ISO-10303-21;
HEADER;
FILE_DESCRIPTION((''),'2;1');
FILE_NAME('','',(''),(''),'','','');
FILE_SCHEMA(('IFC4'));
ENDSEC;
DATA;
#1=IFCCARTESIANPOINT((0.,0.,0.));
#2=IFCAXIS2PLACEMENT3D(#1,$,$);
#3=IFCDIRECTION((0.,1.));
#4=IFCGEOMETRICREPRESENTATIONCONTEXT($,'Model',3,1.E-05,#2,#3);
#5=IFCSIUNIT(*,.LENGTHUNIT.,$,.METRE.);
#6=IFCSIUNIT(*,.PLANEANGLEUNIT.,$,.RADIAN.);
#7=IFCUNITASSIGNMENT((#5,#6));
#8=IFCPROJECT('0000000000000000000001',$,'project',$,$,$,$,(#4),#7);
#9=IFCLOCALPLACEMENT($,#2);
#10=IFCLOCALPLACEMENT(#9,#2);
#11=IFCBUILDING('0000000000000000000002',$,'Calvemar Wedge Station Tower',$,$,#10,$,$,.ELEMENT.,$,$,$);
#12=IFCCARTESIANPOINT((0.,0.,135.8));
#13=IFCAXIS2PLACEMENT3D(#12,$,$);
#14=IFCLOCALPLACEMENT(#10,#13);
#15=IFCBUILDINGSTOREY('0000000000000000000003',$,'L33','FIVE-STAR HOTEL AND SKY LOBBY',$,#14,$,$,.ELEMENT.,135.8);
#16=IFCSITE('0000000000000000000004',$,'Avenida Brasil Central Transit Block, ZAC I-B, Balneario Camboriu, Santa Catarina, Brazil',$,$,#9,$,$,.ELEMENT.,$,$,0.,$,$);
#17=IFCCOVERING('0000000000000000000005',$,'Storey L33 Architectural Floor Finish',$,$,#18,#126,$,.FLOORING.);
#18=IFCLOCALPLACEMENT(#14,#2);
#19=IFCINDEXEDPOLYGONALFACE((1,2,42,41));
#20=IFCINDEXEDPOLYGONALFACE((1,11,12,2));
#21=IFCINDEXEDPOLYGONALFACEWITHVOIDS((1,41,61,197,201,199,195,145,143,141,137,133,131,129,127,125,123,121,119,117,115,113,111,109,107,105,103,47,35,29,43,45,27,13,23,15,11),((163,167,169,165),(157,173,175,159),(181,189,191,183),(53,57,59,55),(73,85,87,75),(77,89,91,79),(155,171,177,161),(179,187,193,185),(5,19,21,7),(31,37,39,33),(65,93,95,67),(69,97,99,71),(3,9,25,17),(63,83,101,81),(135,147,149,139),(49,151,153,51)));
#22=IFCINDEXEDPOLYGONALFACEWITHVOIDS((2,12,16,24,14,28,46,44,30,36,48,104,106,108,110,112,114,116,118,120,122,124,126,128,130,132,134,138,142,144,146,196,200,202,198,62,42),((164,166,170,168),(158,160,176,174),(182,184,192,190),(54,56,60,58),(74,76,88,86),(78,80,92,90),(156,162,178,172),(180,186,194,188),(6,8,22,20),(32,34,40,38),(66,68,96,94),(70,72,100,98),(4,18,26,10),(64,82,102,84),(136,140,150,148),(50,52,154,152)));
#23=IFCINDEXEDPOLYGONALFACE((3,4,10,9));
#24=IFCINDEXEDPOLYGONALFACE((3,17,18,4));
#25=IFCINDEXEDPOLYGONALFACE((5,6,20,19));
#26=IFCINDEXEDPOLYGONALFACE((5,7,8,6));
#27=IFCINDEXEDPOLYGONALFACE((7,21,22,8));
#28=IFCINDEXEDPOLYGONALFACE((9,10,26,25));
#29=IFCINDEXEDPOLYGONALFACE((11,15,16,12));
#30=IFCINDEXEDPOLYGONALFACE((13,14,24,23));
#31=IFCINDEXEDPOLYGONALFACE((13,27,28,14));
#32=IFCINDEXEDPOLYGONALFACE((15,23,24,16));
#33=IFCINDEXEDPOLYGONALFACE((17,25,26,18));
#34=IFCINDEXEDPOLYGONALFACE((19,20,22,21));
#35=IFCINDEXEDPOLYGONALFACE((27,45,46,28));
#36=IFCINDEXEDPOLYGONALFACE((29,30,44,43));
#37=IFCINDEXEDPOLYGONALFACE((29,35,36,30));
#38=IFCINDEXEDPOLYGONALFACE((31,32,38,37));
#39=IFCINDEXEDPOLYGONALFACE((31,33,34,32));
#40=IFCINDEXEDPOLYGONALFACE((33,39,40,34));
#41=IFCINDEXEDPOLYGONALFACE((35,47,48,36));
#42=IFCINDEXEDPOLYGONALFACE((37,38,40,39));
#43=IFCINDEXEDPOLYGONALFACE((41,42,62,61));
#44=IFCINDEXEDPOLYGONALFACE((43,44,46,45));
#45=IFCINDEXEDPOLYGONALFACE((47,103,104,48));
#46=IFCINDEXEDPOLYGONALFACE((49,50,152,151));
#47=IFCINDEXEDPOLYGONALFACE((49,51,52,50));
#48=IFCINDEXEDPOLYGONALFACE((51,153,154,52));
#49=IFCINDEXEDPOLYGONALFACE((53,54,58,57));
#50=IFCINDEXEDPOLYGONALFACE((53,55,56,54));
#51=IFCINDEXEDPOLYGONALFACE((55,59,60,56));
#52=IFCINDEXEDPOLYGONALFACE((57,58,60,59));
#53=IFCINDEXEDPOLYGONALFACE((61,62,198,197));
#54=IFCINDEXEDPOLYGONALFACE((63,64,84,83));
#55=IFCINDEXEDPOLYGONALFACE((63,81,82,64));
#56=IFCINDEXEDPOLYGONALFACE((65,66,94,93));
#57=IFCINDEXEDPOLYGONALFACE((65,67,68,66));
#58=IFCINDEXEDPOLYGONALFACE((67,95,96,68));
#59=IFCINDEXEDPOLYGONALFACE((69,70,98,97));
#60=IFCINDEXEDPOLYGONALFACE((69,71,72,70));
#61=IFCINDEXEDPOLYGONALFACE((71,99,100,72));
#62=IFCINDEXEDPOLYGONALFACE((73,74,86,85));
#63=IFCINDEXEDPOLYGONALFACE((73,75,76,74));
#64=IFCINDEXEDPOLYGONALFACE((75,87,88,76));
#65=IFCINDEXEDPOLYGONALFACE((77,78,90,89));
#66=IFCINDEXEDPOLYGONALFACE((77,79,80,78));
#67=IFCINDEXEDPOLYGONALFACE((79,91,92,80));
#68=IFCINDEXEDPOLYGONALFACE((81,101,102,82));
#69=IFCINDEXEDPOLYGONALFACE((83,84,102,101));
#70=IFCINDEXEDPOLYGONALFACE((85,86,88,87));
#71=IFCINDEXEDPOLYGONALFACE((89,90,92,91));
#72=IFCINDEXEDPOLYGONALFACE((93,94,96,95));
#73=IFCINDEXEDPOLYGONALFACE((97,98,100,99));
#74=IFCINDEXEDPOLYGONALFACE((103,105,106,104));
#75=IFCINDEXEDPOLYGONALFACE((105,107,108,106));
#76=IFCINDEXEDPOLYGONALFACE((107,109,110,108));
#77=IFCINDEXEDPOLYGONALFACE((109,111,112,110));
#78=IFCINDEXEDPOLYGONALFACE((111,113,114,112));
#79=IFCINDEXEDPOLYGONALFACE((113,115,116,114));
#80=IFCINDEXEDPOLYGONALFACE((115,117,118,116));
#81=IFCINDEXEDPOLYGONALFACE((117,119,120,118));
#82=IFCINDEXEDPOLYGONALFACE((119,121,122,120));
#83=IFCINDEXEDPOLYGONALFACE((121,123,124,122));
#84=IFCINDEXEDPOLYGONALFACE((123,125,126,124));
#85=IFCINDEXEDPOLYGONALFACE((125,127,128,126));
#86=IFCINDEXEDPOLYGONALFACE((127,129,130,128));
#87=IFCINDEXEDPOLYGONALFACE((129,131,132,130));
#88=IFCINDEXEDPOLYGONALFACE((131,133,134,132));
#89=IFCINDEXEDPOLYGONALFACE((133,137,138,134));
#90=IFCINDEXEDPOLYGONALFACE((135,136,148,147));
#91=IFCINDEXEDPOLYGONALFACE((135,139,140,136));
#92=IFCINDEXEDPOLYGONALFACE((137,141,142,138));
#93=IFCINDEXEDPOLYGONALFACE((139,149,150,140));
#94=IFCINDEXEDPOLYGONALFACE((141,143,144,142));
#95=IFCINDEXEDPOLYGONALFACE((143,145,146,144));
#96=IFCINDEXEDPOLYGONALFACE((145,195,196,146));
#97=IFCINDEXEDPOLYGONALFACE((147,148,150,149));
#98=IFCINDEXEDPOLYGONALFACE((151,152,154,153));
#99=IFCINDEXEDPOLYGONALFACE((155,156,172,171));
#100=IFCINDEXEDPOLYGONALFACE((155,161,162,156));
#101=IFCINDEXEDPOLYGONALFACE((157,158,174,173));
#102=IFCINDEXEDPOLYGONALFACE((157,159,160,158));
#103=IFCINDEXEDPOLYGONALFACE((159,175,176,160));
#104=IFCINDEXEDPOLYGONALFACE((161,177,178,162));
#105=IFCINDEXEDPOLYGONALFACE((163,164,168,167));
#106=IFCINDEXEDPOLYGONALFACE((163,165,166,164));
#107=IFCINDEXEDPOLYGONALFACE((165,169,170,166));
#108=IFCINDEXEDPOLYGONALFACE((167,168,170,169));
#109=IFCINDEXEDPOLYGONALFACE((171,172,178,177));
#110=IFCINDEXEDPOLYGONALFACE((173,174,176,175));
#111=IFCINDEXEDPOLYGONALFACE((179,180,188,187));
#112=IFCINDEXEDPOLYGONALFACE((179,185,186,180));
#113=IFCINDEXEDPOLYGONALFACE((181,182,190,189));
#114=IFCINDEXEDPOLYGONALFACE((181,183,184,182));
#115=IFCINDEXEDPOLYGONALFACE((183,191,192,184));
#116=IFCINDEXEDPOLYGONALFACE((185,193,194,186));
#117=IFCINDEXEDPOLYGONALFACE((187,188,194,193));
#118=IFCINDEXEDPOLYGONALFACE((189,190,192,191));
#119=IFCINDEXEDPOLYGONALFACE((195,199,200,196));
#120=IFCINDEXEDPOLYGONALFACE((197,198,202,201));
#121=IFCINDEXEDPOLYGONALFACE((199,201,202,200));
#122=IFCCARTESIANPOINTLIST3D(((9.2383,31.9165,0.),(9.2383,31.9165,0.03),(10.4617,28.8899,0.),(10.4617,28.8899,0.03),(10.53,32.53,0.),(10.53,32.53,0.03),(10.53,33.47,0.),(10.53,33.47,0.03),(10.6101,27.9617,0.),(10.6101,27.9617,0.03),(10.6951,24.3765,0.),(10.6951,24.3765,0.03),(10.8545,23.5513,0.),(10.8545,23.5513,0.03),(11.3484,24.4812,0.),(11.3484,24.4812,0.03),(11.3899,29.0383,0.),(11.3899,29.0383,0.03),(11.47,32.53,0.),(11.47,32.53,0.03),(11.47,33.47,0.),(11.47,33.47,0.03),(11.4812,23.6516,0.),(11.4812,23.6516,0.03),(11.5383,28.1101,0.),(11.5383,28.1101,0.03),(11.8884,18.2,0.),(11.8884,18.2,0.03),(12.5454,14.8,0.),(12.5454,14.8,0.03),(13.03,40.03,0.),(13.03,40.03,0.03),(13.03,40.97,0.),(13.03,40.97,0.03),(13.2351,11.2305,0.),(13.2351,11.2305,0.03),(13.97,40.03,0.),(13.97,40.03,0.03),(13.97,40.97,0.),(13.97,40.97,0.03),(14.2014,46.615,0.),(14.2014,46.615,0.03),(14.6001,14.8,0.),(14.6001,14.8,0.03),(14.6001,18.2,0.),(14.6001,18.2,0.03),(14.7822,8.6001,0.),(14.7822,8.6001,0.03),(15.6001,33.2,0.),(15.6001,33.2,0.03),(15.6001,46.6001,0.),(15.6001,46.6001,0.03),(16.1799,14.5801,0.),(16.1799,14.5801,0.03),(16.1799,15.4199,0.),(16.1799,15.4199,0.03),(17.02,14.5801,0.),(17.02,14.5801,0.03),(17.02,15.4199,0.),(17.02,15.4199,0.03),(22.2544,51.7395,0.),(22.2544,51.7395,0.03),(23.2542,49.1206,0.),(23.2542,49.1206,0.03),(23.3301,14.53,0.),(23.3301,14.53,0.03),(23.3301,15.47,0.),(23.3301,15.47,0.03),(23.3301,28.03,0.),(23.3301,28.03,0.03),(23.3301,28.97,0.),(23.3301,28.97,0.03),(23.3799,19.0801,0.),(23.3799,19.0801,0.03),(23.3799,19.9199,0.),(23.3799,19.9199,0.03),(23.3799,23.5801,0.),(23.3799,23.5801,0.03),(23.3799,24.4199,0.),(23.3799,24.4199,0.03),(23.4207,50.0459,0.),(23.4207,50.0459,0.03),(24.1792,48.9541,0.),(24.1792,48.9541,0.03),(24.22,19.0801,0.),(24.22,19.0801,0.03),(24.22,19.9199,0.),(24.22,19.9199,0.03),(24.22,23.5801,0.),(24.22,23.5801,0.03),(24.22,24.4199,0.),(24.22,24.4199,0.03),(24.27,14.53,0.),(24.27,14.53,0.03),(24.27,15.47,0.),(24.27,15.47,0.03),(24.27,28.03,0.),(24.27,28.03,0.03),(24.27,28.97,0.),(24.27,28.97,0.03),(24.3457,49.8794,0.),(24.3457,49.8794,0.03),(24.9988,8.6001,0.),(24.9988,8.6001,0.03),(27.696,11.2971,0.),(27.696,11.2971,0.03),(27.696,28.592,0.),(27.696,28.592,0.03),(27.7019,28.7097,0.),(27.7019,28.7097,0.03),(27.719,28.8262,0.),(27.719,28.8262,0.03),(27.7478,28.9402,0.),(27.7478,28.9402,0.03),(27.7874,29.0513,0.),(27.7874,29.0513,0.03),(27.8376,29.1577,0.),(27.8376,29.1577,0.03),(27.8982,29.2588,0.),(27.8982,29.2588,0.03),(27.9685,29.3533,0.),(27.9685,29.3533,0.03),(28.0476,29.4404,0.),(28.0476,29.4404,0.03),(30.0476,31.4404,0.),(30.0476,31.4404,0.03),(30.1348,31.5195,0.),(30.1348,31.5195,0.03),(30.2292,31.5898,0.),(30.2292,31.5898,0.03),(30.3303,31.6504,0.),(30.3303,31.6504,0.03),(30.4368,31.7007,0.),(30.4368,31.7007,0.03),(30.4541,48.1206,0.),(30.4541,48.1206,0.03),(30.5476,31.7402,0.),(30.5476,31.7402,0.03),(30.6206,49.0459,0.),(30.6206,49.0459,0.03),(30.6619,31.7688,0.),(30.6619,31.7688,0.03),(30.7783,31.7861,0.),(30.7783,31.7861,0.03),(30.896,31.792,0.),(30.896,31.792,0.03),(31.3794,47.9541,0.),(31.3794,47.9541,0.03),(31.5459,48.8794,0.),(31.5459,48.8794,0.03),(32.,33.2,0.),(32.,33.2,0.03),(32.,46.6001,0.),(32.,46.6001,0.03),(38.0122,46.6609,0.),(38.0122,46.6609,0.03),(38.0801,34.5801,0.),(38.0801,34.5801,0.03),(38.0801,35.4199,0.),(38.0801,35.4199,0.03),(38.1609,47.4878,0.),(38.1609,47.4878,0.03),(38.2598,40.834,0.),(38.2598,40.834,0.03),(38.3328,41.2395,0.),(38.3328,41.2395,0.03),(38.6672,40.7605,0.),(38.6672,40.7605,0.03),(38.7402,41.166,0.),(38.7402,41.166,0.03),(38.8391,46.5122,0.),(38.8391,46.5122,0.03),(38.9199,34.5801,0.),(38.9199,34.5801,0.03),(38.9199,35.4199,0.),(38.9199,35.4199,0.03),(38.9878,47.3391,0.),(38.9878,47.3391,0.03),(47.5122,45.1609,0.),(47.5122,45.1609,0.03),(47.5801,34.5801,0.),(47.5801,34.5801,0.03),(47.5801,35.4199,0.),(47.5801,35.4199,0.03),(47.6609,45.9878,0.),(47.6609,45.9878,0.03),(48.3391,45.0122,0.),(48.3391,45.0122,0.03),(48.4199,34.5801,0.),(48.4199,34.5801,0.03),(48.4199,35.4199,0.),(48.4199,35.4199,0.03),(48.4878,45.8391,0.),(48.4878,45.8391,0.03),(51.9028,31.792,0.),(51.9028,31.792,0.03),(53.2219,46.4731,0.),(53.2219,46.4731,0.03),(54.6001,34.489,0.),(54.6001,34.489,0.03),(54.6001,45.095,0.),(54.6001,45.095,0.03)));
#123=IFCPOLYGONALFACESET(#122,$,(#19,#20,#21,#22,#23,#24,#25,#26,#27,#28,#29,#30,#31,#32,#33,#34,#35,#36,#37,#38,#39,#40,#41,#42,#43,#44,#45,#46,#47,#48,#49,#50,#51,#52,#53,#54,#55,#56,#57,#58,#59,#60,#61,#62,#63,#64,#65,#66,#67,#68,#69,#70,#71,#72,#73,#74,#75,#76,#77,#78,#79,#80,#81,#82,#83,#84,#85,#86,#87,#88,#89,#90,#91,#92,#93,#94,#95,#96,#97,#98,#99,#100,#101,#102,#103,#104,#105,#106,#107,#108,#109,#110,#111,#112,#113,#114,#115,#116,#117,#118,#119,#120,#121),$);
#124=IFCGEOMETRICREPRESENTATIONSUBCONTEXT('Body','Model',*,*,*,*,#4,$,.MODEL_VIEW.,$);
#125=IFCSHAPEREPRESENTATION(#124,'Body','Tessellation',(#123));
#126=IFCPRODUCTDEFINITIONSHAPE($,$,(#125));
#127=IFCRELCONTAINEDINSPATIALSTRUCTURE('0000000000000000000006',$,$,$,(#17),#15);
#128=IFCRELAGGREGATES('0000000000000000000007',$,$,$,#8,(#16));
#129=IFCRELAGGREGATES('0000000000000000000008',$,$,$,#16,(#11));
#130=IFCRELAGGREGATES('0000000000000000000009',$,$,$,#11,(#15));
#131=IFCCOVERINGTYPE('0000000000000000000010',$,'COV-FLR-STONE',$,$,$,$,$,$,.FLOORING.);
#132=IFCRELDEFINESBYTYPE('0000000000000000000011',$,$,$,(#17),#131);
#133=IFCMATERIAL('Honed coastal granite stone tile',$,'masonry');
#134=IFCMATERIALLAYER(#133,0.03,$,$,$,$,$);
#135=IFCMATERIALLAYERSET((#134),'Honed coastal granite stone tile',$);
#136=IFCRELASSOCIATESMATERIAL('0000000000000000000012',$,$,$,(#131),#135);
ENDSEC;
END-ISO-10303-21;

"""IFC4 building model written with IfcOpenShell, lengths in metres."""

from ifc_helpers import new_model, si_unit, direction, frame, origin, place, context, subcontext, project, spatial, polyline, outline, extrude, material, layer, layer_set, type_object, element, save


model = new_model("IFC4")

# Units and contexts
model_context = context("Model", 3, precision=1e-05, world=origin(), true_north=direction((0.0, 1.0)))
body_context = subcontext(model_context, "Body", "Model", "MODEL_VIEW")
ifc_project = project(units=[si_unit("LENGTHUNIT", "METRE"), si_unit("PLANEANGLEUNIT", "RADIAN")], contexts=[model_context])

# Site, building, storey
site_placement = place(None, origin())
site = spatial("IfcSite", under=ifc_project, at=site_placement, Name="Avenida Brasil Central Transit Block, ZAC I-B, Balneario Camboriu, Santa Catarina, Brazil", CompositionType="ELEMENT", RefElevation=0.0)
building_placement = place(site_placement, origin())
building = spatial("IfcBuilding", under=site, at=building_placement, Name="Calvemar Wedge Station Tower", CompositionType="ELEMENT")
storey_placement = place(building_placement, frame((0.0, 0.0, 135.8)))
storey = spatial("IfcBuildingStorey", under=building, at=storey_placement, Name="L33", Description="FIVE-STAR HOTEL AND SKY LOBBY", CompositionType="ELEMENT", Elevation=135.8)

# Covering
ifc_material_1 = material(Name="Honed coastal granite stone tile", Category="masonry")
ifc_layer_1 = layer(ifc_material_1, 0.03)
ifc_layer_set_1 = layer_set([ifc_layer_1], Name="Honed coastal granite stone tile")
covering_type_1 = type_object("IfcCoveringType", Name="COV-FLR-STONE", PredefinedType="FLOORING", material=ifc_layer_set_1)
covering_1_placement = place(storey_placement, origin())
element("IfcCovering", 1, at=covering_1_placement, inside=storey, type_object=covering_type_1, Name="Storey L33 Architectural Floor Finish", PredefinedType="FLOORING", context=body_context, shape_type="SweptSolid", body=[
    extrude(outline(polyline([(28.0476, 29.4404), (30.0476, 31.4404), (30.1348, 31.5195), (30.2292, 31.5898), (30.3303, 31.6504), (30.4368, 31.7007), (30.5476, 31.7402), (30.6619, 31.7688), (30.7783, 31.7861), (30.896, 31.792), (51.9028, 31.792), (54.6001, 34.489), (54.6001, 45.095), (53.2219, 46.4731), (22.2544, 51.7395), (14.2014, 46.615), (9.2383, 31.9165), (10.6951, 24.3765), (11.3484, 24.4812), (11.4812, 23.6516), (10.8545, 23.5513), (11.8884, 18.2), (14.6001, 18.2), (14.6001, 14.8), (12.5454, 14.8), (13.2351, 11.2305), (14.7822, 8.6001), (24.9988, 8.6001), (27.696, 11.2971), (27.696, 28.592), (27.7019, 28.7097), (27.719, 28.8262), (27.7478, 28.9402), (27.7874, 29.0513), (27.8376, 29.1577), (27.8982, 29.2588), (27.9685, 29.3533), (28.0476, 29.4404)]), holes=[polyline([(15.6001, 46.6001), (32.0, 46.6001), (32.0, 33.2), (15.6001, 33.2), (15.6001, 46.6001)]), polyline([(10.53, 32.53), (10.53, 33.47), (11.47, 33.47), (11.47, 32.53), (10.53, 32.53)]), polyline([(13.03, 40.97), (13.97, 40.97), (13.97, 40.03), (13.03, 40.03), (13.03, 40.97)]), polyline([(24.3457, 49.8794), (24.1792, 48.9541), (23.2542, 49.1206), (23.4207, 50.0459), (24.3457, 49.8794)]), polyline([(31.3794, 47.9541), (30.4541, 48.1206), (30.6206, 49.0459), (31.5459, 48.8794), (31.3794, 47.9541)]), polyline([(38.0122, 46.6609), (38.1609, 47.4878), (38.9878, 47.3391), (38.8391, 46.5122), (38.0122, 46.6609)]), polyline([(47.6609, 45.9878), (48.4878, 45.8391), (48.3391, 45.0122), (47.5122, 45.1609), (47.6609, 45.9878)]), polyline([(38.9199, 35.4199), (38.9199, 34.5801), (38.0801, 34.5801), (38.0801, 35.4199), (38.9199, 35.4199)]), polyline([(48.4199, 34.5801), (47.5801, 34.5801), (47.5801, 35.4199), (48.4199, 35.4199), (48.4199, 34.5801)]), polyline([(38.2598, 40.834), (38.3328, 41.2395), (38.7402, 41.166), (38.6672, 40.7605), (38.2598, 40.834)]), polyline([(11.3899, 29.0383), (11.5383, 28.1101), (10.6101, 27.9617), (10.4617, 28.8899), (11.3899, 29.0383)]), polyline([(24.27, 28.03), (23.3301, 28.03), (23.3301, 28.97), (24.27, 28.97), (24.27, 28.03)]), polyline([(23.3799, 23.5801), (23.3799, 24.4199), (24.22, 24.4199), (24.22, 23.5801), (23.3799, 23.5801)]), polyline([(23.3799, 19.9199), (24.22, 19.9199), (24.22, 19.0801), (23.3799, 19.0801), (23.3799, 19.9199)]), polyline([(24.27, 15.47), (24.27, 14.53), (23.3301, 14.53), (23.3301, 15.47), (24.27, 15.47)]), polyline([(17.02, 14.5801), (16.1799, 14.5801), (16.1799, 15.4199), (17.02, 15.4199), (17.02, 14.5801)])]), origin(), (0.0, 0.0, 1.0), 0.03),
])

save(model, "model.ifc")
